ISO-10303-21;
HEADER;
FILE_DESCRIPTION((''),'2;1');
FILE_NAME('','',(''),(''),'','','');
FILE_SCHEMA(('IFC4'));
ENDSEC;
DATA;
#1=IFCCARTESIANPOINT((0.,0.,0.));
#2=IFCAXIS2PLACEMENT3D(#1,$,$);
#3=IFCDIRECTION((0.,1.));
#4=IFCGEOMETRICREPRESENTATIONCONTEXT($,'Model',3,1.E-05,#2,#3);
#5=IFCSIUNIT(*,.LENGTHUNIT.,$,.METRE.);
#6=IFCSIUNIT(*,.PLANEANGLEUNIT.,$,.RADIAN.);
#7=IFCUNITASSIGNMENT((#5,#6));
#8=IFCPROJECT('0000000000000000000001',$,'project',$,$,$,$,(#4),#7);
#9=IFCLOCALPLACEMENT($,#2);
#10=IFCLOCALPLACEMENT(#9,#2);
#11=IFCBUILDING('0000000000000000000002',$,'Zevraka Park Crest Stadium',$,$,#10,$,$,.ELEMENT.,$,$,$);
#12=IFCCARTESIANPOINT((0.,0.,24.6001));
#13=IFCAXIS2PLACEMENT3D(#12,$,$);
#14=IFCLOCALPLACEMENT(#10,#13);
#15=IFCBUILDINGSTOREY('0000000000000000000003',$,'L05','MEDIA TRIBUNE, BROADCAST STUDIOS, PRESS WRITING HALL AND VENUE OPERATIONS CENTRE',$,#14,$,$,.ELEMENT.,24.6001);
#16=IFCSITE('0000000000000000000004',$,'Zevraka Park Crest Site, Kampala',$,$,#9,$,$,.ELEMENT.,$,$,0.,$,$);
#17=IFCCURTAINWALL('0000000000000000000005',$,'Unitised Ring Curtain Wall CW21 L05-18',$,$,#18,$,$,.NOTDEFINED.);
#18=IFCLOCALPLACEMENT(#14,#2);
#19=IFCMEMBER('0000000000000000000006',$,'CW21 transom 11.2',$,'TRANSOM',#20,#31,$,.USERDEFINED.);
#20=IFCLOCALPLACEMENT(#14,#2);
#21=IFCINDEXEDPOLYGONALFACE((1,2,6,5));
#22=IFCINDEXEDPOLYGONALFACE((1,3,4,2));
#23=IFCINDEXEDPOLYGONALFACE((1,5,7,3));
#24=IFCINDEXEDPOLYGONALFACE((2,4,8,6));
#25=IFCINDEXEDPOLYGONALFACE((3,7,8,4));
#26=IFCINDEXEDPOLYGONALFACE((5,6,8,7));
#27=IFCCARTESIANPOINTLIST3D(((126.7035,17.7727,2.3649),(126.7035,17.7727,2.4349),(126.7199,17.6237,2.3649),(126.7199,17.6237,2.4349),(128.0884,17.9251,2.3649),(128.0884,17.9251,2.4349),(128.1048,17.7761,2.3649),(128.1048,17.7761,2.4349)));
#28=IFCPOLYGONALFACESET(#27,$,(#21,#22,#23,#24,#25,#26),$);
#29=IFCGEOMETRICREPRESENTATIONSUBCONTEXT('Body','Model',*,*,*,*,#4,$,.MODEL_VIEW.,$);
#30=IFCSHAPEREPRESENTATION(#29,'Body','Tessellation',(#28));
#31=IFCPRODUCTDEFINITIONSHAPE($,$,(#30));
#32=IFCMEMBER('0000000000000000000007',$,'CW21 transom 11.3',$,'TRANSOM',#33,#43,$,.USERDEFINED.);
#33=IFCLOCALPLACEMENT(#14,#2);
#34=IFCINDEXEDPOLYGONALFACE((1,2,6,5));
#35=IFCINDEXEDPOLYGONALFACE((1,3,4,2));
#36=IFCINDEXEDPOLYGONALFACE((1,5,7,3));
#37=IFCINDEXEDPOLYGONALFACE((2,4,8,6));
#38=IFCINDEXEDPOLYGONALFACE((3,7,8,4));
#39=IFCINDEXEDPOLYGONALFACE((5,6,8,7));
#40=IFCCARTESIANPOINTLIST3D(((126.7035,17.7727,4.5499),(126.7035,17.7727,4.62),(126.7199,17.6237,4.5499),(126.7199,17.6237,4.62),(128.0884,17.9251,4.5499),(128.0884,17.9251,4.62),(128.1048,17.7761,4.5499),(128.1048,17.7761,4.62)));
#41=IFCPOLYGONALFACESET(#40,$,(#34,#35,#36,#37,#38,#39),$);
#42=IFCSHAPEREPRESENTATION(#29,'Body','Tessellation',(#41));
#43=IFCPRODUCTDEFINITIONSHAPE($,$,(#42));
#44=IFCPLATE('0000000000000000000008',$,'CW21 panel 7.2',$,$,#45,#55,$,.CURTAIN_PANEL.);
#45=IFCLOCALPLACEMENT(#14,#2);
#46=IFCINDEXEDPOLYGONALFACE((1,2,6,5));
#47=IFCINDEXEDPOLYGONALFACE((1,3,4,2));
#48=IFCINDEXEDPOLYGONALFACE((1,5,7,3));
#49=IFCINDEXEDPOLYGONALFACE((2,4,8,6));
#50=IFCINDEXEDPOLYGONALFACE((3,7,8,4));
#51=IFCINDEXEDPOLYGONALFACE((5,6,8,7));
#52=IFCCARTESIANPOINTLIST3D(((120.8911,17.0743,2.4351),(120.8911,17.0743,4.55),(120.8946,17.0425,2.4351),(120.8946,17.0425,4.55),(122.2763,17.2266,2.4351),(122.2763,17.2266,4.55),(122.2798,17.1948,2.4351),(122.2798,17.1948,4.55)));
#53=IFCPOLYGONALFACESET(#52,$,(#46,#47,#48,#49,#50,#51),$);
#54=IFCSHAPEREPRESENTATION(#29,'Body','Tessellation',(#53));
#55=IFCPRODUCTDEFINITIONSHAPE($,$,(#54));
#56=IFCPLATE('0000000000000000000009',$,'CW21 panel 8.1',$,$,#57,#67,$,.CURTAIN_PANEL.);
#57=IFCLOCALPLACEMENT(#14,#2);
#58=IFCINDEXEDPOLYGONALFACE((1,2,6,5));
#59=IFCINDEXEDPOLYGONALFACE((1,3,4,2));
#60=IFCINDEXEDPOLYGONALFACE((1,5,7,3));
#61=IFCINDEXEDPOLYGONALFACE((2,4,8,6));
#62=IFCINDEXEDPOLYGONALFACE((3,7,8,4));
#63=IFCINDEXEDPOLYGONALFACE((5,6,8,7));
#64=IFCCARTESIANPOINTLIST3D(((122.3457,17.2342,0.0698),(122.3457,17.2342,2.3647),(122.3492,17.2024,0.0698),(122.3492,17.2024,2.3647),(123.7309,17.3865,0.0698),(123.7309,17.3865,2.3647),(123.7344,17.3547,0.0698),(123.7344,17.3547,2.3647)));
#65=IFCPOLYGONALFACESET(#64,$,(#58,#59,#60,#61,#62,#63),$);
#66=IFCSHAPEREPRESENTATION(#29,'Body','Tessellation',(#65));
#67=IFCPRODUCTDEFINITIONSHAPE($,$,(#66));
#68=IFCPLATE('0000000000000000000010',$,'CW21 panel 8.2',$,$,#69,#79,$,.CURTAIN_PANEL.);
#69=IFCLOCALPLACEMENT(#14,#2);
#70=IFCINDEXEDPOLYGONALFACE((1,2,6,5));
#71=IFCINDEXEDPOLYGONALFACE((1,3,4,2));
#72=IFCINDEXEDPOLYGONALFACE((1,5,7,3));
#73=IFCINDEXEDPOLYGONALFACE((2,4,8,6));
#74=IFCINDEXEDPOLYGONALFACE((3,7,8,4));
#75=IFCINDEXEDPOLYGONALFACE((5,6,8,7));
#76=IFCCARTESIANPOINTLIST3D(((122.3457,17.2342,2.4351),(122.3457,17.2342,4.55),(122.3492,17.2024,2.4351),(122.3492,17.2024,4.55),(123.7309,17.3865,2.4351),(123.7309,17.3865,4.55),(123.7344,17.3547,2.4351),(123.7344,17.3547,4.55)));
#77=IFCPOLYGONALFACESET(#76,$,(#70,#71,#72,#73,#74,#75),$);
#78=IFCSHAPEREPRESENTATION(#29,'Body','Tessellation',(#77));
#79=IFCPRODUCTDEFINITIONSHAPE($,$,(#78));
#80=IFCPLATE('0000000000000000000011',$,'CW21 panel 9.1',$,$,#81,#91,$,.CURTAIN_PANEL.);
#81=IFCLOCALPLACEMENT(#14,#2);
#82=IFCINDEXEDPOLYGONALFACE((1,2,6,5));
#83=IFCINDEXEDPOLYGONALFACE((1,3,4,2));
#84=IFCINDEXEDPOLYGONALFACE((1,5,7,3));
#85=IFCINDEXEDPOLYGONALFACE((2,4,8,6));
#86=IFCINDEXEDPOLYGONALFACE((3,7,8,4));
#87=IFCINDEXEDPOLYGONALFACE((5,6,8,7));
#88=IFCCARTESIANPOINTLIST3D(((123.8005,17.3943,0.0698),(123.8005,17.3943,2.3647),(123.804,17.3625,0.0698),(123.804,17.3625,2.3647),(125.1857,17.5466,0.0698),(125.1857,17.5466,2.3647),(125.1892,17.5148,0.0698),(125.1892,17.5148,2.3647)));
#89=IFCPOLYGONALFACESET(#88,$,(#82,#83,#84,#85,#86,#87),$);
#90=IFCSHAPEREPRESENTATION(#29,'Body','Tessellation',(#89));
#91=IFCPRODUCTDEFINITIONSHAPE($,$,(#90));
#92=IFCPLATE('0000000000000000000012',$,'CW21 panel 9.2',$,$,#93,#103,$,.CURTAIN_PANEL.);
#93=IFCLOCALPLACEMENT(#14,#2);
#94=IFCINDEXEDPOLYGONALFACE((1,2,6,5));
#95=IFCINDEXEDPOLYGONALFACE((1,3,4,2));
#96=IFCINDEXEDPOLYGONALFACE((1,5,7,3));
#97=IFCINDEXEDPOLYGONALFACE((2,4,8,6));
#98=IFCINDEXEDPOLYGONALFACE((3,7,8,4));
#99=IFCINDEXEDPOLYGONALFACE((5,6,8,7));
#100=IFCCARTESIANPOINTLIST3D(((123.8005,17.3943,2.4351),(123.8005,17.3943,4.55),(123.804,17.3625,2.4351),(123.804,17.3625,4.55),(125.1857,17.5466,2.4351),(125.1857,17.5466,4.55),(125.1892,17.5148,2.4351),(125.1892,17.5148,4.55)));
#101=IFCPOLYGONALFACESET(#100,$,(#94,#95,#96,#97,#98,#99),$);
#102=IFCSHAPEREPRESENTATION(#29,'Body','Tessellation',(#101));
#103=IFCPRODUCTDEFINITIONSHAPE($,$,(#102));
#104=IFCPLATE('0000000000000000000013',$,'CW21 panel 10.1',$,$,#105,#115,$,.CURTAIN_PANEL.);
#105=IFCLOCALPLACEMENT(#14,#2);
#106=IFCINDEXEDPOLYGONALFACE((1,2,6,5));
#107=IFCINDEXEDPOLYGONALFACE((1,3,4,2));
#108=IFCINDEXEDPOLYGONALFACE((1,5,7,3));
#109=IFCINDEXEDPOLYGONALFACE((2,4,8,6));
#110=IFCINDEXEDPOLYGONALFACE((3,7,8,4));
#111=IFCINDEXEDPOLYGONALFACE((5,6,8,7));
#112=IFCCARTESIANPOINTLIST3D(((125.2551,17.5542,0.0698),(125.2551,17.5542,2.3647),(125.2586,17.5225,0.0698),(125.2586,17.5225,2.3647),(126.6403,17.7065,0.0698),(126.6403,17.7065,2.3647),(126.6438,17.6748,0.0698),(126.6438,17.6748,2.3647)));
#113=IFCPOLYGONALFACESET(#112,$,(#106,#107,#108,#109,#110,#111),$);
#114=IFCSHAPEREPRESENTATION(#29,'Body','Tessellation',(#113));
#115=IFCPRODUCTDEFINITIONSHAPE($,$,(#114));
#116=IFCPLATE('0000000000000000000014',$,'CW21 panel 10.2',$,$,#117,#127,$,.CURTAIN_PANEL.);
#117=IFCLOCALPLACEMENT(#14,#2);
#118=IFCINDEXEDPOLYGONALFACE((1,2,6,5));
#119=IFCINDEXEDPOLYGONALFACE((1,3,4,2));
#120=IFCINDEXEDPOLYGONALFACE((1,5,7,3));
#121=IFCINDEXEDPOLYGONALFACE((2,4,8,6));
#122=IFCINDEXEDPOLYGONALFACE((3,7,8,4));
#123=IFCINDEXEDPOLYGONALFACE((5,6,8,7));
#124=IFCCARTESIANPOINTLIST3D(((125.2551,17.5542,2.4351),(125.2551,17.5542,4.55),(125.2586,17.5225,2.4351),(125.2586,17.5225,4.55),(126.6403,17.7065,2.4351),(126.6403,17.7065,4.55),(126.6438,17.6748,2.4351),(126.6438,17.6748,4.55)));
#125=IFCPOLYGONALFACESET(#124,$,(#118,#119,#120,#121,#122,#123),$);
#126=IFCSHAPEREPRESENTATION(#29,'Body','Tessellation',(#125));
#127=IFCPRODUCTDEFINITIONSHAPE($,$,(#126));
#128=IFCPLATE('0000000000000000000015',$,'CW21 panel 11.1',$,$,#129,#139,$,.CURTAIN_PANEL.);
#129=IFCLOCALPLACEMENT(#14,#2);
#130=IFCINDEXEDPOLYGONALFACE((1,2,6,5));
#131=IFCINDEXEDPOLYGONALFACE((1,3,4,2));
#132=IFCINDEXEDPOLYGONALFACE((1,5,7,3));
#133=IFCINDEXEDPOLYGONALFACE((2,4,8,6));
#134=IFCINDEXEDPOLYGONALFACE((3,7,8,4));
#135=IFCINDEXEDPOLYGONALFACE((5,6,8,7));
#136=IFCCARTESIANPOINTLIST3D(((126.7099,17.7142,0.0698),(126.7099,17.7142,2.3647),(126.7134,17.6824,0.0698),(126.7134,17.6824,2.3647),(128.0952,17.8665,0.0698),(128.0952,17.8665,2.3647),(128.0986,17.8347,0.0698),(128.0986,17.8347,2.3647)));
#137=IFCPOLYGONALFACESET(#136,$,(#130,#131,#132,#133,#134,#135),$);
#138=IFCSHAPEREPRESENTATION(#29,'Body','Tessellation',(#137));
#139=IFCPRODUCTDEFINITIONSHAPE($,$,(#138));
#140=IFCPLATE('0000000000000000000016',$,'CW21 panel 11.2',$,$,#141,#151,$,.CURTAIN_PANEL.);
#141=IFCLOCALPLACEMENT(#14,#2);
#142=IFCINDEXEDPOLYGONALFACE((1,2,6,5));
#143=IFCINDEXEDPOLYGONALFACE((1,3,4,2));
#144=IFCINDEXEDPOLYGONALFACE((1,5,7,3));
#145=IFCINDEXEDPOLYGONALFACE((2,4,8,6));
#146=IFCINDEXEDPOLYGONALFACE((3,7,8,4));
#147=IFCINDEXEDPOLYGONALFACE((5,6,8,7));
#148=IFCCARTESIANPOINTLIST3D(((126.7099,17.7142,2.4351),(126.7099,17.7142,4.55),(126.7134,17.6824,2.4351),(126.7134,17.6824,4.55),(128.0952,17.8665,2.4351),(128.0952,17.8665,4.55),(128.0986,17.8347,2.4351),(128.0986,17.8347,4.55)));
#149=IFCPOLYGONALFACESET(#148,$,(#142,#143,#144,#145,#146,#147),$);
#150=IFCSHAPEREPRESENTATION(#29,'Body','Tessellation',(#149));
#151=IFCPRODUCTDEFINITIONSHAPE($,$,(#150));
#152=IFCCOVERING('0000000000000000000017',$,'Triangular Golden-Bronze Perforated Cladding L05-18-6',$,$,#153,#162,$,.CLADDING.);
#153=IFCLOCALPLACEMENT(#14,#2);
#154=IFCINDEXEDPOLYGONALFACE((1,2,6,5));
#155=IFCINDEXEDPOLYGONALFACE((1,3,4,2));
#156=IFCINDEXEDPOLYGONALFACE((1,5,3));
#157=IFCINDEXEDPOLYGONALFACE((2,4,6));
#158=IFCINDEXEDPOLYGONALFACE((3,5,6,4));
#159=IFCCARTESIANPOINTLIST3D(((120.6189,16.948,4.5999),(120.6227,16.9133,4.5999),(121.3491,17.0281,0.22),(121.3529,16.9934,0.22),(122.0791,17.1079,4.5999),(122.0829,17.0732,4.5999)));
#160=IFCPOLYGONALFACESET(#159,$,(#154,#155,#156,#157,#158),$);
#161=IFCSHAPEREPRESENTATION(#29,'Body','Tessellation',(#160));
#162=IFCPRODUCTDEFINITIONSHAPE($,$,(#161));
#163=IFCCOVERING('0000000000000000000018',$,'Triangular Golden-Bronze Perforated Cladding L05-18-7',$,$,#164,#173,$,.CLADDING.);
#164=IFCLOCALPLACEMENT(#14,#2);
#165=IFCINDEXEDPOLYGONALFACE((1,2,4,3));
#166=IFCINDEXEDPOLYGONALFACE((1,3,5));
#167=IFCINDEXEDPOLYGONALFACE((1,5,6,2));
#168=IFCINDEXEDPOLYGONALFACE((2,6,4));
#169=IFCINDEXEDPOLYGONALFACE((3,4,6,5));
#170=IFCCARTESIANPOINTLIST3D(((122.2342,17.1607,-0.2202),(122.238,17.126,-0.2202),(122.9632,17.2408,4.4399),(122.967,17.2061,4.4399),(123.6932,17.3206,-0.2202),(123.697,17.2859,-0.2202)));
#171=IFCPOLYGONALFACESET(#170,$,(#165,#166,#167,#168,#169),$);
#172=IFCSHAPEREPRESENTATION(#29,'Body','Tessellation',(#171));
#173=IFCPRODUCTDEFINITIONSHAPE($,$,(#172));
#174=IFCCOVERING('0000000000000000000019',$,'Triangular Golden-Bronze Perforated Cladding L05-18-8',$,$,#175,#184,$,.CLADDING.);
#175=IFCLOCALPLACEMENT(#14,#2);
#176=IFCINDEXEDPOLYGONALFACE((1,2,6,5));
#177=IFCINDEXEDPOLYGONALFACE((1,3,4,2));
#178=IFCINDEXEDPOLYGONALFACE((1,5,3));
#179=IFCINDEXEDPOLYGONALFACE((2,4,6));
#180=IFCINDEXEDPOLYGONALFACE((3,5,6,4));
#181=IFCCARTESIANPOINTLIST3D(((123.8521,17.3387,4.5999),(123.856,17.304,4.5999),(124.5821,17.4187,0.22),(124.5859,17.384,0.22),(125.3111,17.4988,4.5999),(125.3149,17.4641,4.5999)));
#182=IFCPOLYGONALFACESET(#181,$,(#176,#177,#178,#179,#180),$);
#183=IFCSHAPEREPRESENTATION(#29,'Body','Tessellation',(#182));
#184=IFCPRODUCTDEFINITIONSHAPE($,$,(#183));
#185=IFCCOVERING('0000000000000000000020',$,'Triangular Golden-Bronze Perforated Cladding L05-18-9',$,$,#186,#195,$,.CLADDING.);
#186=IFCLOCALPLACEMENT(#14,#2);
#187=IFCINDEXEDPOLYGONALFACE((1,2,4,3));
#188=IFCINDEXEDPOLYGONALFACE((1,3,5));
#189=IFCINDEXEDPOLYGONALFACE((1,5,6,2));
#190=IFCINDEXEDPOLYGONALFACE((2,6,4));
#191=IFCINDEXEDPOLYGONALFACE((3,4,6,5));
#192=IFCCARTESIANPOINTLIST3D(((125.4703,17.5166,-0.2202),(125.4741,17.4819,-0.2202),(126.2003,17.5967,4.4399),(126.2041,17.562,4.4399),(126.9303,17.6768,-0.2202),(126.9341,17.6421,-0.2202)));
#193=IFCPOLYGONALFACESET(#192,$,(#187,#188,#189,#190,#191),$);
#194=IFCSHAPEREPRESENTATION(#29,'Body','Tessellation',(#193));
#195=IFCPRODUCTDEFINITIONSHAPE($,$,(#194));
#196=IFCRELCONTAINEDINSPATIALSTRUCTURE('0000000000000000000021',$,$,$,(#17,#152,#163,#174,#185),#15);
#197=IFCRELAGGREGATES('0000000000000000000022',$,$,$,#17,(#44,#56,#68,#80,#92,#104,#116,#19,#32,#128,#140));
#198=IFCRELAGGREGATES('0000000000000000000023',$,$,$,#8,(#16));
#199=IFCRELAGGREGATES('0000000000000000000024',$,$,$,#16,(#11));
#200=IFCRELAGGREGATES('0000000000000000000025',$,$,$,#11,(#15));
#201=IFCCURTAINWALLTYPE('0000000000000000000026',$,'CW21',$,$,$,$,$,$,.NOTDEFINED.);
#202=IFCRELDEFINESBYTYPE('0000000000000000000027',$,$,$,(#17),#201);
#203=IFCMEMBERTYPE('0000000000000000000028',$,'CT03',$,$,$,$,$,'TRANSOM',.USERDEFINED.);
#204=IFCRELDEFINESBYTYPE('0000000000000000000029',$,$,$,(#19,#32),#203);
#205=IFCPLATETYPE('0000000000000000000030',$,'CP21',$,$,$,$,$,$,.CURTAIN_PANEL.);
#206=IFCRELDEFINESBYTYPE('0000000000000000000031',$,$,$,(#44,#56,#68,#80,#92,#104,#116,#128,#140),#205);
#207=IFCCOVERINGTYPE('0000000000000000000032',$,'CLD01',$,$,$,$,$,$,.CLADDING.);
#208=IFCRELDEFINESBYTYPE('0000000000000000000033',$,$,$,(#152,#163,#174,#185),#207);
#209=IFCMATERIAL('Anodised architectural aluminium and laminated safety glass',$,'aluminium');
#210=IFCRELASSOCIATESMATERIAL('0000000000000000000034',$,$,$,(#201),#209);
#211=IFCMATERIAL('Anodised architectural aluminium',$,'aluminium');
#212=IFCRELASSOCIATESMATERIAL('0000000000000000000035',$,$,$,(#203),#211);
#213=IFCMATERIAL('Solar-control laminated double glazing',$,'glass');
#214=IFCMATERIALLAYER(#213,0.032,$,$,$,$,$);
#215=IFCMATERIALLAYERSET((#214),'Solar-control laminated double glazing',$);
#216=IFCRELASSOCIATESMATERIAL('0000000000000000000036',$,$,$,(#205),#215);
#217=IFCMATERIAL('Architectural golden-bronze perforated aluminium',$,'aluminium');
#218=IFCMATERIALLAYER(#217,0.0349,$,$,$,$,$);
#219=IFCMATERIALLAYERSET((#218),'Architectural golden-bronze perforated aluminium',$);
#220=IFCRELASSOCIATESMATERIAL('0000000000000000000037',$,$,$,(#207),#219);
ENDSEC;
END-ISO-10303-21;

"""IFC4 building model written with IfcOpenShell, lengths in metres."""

from ifc_helpers import new_model, si_unit, direction, frame, origin, origin_2d, place, context, subcontext, project, spatial, polyline, rectangle, outline, extrude, material, layer, layer_set, material_profile, profile_set, type_object, element, aggregate, save


model = new_model("IFC4")

# Units and contexts
model_context = context("Model", 3, precision=1e-05, world=origin(), true_north=direction((0.0, 1.0)))
body_context = subcontext(model_context, "Body", "Model", "MODEL_VIEW")
ifc_project = project(units=[si_unit("LENGTHUNIT", "METRE"), si_unit("PLANEANGLEUNIT", "RADIAN")], contexts=[model_context])

# Site, building, storey
site_placement = place(None, origin())
site = spatial("IfcSite", under=ifc_project, at=site_placement, Name="Zevraka Park Crest Site, Kampala", CompositionType="ELEMENT", RefElevation=0.0)
building_placement = place(site_placement, origin())
building = spatial("IfcBuilding", under=site, at=building_placement, Name="Zevraka Park Crest Stadium", CompositionType="ELEMENT")
storey_placement = place(building_placement, frame((0.0, 0.0, 24.6001)))
storey = spatial("IfcBuildingStorey", under=building, at=storey_placement, Name="L05", Description="MEDIA TRIBUNE, BROADCAST STUDIOS, PRESS WRITING HALL AND VENUE OPERATIONS CENTRE", CompositionType="ELEMENT", Elevation=24.6001)

# Curtain wall, members, plates
ifc_material_1 = material(Name="Anodised architectural aluminium and laminated safety glass", Category="aluminium")
curtain_wall_type = type_object("IfcCurtainWallType", Name="CW21", PredefinedType="NOTDEFINED", material=ifc_material_1)
curtain_wall_placement = place(storey_placement, origin())
curtain_wall = element("IfcCurtainWall", 1, at=curtain_wall_placement, inside=storey, type_object=curtain_wall_type, Name="Unitised Ring Curtain Wall CW21 L05-18", PredefinedType="NOTDEFINED")
ifc_material_2 = material(Name="Anodised architectural aluminium", Category="aluminium")
ifc_material_profile_1 = material_profile(ifc_material_2, rectangle(XDim=0.1499, YDim=0.0701, at=origin_2d()), Name="ALU TRANSOM 150x70")
ifc_profile_set_1 = profile_set([ifc_material_profile_1], Name="Anodised architectural aluminium")
member_type_1 = type_object("IfcMemberType", Name="CT03", ElementType="TRANSOM", PredefinedType="USERDEFINED", material=ifc_profile_set_1)
member_1_placement = place(storey_placement, frame((126.7117, 17.6982, 2.3999), z_axis=(0.994005, 0.109335, 0.0), x_axis=(-0.109335, 0.994005, 0.0)))
member_1 = element("IfcMember", 2, at=member_1_placement, type_object=member_type_1, Name="CW21 transom 11.2", ObjectType="TRANSOM", PredefinedType="USERDEFINED", context=body_context, shape_type="SweptSolid", body=[
    extrude(rectangle(XDim=0.1499, YDim=0.0701, at=origin_2d()), origin(), (0.0, 0.0, 1.0), 1.3933),
])
member_2_placement = place(storey_placement, frame((126.7117, 17.6982, 4.585), z_axis=(0.994005, 0.109335, 0.0), x_axis=(-0.109335, 0.994005, 0.0)))
member_2 = element("IfcMember", 3, at=member_2_placement, type_object=member_type_1, Name="CW21 transom 11.3", ObjectType="TRANSOM", PredefinedType="USERDEFINED", context=body_context, shape_type="SweptSolid", body=[
    extrude(rectangle(XDim=0.1499, YDim=0.0701, at=origin_2d()), origin(), (0.0, 0.0, 1.0), 1.3933),
])
ifc_material_3 = material(Name="Solar-control laminated double glazing", Category="glass")
ifc_layer_1 = layer(ifc_material_3, 0.032)
ifc_layer_set_1 = layer_set([ifc_layer_1], Name="Solar-control laminated double glazing")
plate_type = type_object("IfcPlateType", Name="CP21", PredefinedType="CURTAIN_PANEL", material=ifc_layer_set_1)
plate_1_placement = place(storey_placement, frame((121.5854, 17.1345, 2.4351), z_axis=(0.0, 0.0, 1.0), x_axis=(0.99401, 0.109288, 0.0)))
plate_1 = element("IfcPlate", 4, at=plate_1_placement, type_object=plate_type, Name="CW21 panel 7.2", PredefinedType="CURTAIN_PANEL", context=body_context, shape_type="SweptSolid", body=[
    extrude(rectangle(XDim=1.3936, YDim=0.032, at=origin_2d()), origin(), (0.0, 0.0, 1.0), 2.115),
])
plate_2_placement = place(storey_placement, frame((123.04, 17.2944, 0.0698), z_axis=(0.0, 0.0, 1.0), x_axis=(0.99401, 0.109288, 0.0)))
plate_2 = element("IfcPlate", 5, at=plate_2_placement, type_object=plate_type, Name="CW21 panel 8.1", PredefinedType="CURTAIN_PANEL", context=body_context, shape_type="SweptSolid", body=[
    extrude(rectangle(XDim=1.3936, YDim=0.032, at=origin_2d()), origin(), (0.0, 0.0, 1.0), 2.2949),
])
plate_3_placement = place(storey_placement, frame((123.04, 17.2944, 2.4351), z_axis=(0.0, 0.0, 1.0), x_axis=(0.99401, 0.109288, 0.0)))
plate_3 = element("IfcPlate", 6, at=plate_3_placement, type_object=plate_type, Name="CW21 panel 8.2", PredefinedType="CURTAIN_PANEL", context=body_context, shape_type="SweptSolid", body=[
    extrude(rectangle(XDim=1.3936, YDim=0.032, at=origin_2d()), origin(), (0.0, 0.0, 1.0), 2.115),
])
plate_4_placement = place(storey_placement, frame((124.4949, 17.4546, 0.0698), z_axis=(0.0, 0.0, 1.0), x_axis=(0.99401, 0.109288, 0.0)))
plate_4 = element("IfcPlate", 7, at=plate_4_placement, type_object=plate_type, Name="CW21 panel 9.1", PredefinedType="CURTAIN_PANEL", context=body_context, shape_type="SweptSolid", body=[
    extrude(rectangle(XDim=1.3936, YDim=0.032, at=origin_2d()), origin(), (0.0, 0.0, 1.0), 2.2949),
])
plate_5_placement = place(storey_placement, frame((124.4949, 17.4546, 2.4351), z_axis=(0.0, 0.0, 1.0), x_axis=(0.99401, 0.109288, 0.0)))
plate_5 = element("IfcPlate", 8, at=plate_5_placement, type_object=plate_type, Name="CW21 panel 9.2", PredefinedType="CURTAIN_PANEL", context=body_context, shape_type="SweptSolid", body=[
    extrude(rectangle(XDim=1.3936, YDim=0.032, at=origin_2d()), origin(), (0.0, 0.0, 1.0), 2.115),
])
plate_6_placement = place(storey_placement, frame((125.9495, 17.6145, 0.0698), z_axis=(0.0, 0.0, 1.0), x_axis=(0.99401, 0.109288, 0.0)))
plate_6 = element("IfcPlate", 9, at=plate_6_placement, type_object=plate_type, Name="CW21 panel 10.1", PredefinedType="CURTAIN_PANEL", context=body_context, shape_type="SweptSolid", body=[
    extrude(rectangle(XDim=1.3936, YDim=0.032, at=origin_2d()), origin(), (0.0, 0.0, 1.0), 2.2949),
])
plate_7_placement = place(storey_placement, frame((125.9495, 17.6145, 2.4351), z_axis=(0.0, 0.0, 1.0), x_axis=(0.99401, 0.109288, 0.0)))
plate_7 = element("IfcPlate", 10, at=plate_7_placement, type_object=plate_type, Name="CW21 panel 10.2", PredefinedType="CURTAIN_PANEL", context=body_context, shape_type="SweptSolid", body=[
    extrude(rectangle(XDim=1.3936, YDim=0.032, at=origin_2d()), origin(), (0.0, 0.0, 1.0), 2.115),
])
plate_8_placement = place(storey_placement, frame((127.4043, 17.7744, 0.0698), z_axis=(0.0, 0.0, 1.0), x_axis=(0.99401, 0.109288, 0.0)))
plate_8 = element("IfcPlate", 11, at=plate_8_placement, type_object=plate_type, Name="CW21 panel 11.1", PredefinedType="CURTAIN_PANEL", context=body_context, shape_type="SweptSolid", body=[
    extrude(rectangle(XDim=1.3936, YDim=0.032, at=origin_2d()), origin(), (0.0, 0.0, 1.0), 2.2949),
])
plate_9_placement = place(storey_placement, frame((127.4043, 17.7744, 2.4351), z_axis=(0.0, 0.0, 1.0), x_axis=(0.99401, 0.109288, 0.0)))
plate_9 = element("IfcPlate", 12, at=plate_9_placement, type_object=plate_type, Name="CW21 panel 11.2", PredefinedType="CURTAIN_PANEL", context=body_context, shape_type="SweptSolid", body=[
    extrude(rectangle(XDim=1.3936, YDim=0.032, at=origin_2d()), origin(), (0.0, 0.0, 1.0), 2.115),
])
aggregate(curtain_wall, [plate_1, plate_2, plate_3, plate_4, plate_5, plate_6, plate_7, member_1, member_2, plate_8, plate_9])

# Coverings
ifc_material_4 = material(Name="Architectural golden-bronze perforated aluminium", Category="aluminium")
ifc_layer_2 = layer(ifc_material_4, 0.0349)
ifc_layer_set_2 = layer_set([ifc_layer_2], Name="Architectural golden-bronze perforated aluminium")
covering_type = type_object("IfcCoveringType", Name="CLD01", PredefinedType="CLADDING", material=ifc_layer_set_2)
covering_1_placement = place(storey_placement, frame((122.0791, 17.1079, 4.5999), z_axis=(-0.108863, 0.994057, 0.000025), x_axis=(-0.994057, -0.108863, 0.0)))
element("IfcCovering", 13, at=covering_1_placement, inside=storey, type_object=covering_type, Name="Triangular Golden-Bronze Perforated Cladding L05-18-6", PredefinedType="CLADDING", context=body_context, shape_type="SweptSolid", body=[
    extrude(outline(polyline([(0.0, 0.0), (1.4689, 0.0), (0.7343, -4.3799), (0.0, 0.0)])), origin(), (0.0, 0.0, -1.0), 0.0349),
])
covering_2_placement = place(storey_placement, frame((122.238, 17.126, -0.2202), z_axis=(0.108953, -0.994047, 0.000037), x_axis=(0.994047, 0.108953, 0.0)))
element("IfcCovering", 14, at=covering_2_placement, inside=storey, type_object=covering_type, Name="Triangular Golden-Bronze Perforated Cladding L05-18-7", PredefinedType="CLADDING", context=body_context, shape_type="SweptSolid", body=[
    extrude(outline(polyline([(0.0, 0.0), (1.4677, 0.0), (0.7334, 4.6602), (0.0, 0.0)])), origin(), (0.0, 0.0, -1.0), 0.0349),
])
covering_3_placement = place(storey_placement, frame((125.3149, 17.4641, 4.5999), z_axis=(0.109117, -0.994029, 0.000012), x_axis=(-0.994029, -0.109117, 0.0)))
element("IfcCovering", 15, at=covering_3_placement, inside=storey, type_object=covering_type, Name="Triangular Golden-Bronze Perforated Cladding L05-18-8", PredefinedType="CLADDING", context=body_context, shape_type="SweptSolid", body=[
    extrude(outline(polyline([(0.0, 0.0), (1.4677, 0.0), (0.7334, 4.3799), (0.0, 0.0)])), origin(), (0.0, 0.0, -1.0), 0.0349),
])
covering_4_placement = place(storey_placement, frame((125.4741, 17.4819, -0.2202), z_axis=(0.109045, -0.994037, 0.0), x_axis=(0.994037, 0.109045, 0.0)))
element("IfcCovering", 16, at=covering_4_placement, inside=storey, type_object=covering_type, Name="Triangular Golden-Bronze Perforated Cladding L05-18-9", PredefinedType="CLADDING", context=body_context, shape_type="SweptSolid", body=[
    extrude(outline(polyline([(0.0, 0.0), (1.4687, 0.0), (0.7344, 4.6602), (0.0, 0.0)])), origin(), (0.0, 0.0, -1.0), 0.0349),
])

save(model, "model.ifc")
